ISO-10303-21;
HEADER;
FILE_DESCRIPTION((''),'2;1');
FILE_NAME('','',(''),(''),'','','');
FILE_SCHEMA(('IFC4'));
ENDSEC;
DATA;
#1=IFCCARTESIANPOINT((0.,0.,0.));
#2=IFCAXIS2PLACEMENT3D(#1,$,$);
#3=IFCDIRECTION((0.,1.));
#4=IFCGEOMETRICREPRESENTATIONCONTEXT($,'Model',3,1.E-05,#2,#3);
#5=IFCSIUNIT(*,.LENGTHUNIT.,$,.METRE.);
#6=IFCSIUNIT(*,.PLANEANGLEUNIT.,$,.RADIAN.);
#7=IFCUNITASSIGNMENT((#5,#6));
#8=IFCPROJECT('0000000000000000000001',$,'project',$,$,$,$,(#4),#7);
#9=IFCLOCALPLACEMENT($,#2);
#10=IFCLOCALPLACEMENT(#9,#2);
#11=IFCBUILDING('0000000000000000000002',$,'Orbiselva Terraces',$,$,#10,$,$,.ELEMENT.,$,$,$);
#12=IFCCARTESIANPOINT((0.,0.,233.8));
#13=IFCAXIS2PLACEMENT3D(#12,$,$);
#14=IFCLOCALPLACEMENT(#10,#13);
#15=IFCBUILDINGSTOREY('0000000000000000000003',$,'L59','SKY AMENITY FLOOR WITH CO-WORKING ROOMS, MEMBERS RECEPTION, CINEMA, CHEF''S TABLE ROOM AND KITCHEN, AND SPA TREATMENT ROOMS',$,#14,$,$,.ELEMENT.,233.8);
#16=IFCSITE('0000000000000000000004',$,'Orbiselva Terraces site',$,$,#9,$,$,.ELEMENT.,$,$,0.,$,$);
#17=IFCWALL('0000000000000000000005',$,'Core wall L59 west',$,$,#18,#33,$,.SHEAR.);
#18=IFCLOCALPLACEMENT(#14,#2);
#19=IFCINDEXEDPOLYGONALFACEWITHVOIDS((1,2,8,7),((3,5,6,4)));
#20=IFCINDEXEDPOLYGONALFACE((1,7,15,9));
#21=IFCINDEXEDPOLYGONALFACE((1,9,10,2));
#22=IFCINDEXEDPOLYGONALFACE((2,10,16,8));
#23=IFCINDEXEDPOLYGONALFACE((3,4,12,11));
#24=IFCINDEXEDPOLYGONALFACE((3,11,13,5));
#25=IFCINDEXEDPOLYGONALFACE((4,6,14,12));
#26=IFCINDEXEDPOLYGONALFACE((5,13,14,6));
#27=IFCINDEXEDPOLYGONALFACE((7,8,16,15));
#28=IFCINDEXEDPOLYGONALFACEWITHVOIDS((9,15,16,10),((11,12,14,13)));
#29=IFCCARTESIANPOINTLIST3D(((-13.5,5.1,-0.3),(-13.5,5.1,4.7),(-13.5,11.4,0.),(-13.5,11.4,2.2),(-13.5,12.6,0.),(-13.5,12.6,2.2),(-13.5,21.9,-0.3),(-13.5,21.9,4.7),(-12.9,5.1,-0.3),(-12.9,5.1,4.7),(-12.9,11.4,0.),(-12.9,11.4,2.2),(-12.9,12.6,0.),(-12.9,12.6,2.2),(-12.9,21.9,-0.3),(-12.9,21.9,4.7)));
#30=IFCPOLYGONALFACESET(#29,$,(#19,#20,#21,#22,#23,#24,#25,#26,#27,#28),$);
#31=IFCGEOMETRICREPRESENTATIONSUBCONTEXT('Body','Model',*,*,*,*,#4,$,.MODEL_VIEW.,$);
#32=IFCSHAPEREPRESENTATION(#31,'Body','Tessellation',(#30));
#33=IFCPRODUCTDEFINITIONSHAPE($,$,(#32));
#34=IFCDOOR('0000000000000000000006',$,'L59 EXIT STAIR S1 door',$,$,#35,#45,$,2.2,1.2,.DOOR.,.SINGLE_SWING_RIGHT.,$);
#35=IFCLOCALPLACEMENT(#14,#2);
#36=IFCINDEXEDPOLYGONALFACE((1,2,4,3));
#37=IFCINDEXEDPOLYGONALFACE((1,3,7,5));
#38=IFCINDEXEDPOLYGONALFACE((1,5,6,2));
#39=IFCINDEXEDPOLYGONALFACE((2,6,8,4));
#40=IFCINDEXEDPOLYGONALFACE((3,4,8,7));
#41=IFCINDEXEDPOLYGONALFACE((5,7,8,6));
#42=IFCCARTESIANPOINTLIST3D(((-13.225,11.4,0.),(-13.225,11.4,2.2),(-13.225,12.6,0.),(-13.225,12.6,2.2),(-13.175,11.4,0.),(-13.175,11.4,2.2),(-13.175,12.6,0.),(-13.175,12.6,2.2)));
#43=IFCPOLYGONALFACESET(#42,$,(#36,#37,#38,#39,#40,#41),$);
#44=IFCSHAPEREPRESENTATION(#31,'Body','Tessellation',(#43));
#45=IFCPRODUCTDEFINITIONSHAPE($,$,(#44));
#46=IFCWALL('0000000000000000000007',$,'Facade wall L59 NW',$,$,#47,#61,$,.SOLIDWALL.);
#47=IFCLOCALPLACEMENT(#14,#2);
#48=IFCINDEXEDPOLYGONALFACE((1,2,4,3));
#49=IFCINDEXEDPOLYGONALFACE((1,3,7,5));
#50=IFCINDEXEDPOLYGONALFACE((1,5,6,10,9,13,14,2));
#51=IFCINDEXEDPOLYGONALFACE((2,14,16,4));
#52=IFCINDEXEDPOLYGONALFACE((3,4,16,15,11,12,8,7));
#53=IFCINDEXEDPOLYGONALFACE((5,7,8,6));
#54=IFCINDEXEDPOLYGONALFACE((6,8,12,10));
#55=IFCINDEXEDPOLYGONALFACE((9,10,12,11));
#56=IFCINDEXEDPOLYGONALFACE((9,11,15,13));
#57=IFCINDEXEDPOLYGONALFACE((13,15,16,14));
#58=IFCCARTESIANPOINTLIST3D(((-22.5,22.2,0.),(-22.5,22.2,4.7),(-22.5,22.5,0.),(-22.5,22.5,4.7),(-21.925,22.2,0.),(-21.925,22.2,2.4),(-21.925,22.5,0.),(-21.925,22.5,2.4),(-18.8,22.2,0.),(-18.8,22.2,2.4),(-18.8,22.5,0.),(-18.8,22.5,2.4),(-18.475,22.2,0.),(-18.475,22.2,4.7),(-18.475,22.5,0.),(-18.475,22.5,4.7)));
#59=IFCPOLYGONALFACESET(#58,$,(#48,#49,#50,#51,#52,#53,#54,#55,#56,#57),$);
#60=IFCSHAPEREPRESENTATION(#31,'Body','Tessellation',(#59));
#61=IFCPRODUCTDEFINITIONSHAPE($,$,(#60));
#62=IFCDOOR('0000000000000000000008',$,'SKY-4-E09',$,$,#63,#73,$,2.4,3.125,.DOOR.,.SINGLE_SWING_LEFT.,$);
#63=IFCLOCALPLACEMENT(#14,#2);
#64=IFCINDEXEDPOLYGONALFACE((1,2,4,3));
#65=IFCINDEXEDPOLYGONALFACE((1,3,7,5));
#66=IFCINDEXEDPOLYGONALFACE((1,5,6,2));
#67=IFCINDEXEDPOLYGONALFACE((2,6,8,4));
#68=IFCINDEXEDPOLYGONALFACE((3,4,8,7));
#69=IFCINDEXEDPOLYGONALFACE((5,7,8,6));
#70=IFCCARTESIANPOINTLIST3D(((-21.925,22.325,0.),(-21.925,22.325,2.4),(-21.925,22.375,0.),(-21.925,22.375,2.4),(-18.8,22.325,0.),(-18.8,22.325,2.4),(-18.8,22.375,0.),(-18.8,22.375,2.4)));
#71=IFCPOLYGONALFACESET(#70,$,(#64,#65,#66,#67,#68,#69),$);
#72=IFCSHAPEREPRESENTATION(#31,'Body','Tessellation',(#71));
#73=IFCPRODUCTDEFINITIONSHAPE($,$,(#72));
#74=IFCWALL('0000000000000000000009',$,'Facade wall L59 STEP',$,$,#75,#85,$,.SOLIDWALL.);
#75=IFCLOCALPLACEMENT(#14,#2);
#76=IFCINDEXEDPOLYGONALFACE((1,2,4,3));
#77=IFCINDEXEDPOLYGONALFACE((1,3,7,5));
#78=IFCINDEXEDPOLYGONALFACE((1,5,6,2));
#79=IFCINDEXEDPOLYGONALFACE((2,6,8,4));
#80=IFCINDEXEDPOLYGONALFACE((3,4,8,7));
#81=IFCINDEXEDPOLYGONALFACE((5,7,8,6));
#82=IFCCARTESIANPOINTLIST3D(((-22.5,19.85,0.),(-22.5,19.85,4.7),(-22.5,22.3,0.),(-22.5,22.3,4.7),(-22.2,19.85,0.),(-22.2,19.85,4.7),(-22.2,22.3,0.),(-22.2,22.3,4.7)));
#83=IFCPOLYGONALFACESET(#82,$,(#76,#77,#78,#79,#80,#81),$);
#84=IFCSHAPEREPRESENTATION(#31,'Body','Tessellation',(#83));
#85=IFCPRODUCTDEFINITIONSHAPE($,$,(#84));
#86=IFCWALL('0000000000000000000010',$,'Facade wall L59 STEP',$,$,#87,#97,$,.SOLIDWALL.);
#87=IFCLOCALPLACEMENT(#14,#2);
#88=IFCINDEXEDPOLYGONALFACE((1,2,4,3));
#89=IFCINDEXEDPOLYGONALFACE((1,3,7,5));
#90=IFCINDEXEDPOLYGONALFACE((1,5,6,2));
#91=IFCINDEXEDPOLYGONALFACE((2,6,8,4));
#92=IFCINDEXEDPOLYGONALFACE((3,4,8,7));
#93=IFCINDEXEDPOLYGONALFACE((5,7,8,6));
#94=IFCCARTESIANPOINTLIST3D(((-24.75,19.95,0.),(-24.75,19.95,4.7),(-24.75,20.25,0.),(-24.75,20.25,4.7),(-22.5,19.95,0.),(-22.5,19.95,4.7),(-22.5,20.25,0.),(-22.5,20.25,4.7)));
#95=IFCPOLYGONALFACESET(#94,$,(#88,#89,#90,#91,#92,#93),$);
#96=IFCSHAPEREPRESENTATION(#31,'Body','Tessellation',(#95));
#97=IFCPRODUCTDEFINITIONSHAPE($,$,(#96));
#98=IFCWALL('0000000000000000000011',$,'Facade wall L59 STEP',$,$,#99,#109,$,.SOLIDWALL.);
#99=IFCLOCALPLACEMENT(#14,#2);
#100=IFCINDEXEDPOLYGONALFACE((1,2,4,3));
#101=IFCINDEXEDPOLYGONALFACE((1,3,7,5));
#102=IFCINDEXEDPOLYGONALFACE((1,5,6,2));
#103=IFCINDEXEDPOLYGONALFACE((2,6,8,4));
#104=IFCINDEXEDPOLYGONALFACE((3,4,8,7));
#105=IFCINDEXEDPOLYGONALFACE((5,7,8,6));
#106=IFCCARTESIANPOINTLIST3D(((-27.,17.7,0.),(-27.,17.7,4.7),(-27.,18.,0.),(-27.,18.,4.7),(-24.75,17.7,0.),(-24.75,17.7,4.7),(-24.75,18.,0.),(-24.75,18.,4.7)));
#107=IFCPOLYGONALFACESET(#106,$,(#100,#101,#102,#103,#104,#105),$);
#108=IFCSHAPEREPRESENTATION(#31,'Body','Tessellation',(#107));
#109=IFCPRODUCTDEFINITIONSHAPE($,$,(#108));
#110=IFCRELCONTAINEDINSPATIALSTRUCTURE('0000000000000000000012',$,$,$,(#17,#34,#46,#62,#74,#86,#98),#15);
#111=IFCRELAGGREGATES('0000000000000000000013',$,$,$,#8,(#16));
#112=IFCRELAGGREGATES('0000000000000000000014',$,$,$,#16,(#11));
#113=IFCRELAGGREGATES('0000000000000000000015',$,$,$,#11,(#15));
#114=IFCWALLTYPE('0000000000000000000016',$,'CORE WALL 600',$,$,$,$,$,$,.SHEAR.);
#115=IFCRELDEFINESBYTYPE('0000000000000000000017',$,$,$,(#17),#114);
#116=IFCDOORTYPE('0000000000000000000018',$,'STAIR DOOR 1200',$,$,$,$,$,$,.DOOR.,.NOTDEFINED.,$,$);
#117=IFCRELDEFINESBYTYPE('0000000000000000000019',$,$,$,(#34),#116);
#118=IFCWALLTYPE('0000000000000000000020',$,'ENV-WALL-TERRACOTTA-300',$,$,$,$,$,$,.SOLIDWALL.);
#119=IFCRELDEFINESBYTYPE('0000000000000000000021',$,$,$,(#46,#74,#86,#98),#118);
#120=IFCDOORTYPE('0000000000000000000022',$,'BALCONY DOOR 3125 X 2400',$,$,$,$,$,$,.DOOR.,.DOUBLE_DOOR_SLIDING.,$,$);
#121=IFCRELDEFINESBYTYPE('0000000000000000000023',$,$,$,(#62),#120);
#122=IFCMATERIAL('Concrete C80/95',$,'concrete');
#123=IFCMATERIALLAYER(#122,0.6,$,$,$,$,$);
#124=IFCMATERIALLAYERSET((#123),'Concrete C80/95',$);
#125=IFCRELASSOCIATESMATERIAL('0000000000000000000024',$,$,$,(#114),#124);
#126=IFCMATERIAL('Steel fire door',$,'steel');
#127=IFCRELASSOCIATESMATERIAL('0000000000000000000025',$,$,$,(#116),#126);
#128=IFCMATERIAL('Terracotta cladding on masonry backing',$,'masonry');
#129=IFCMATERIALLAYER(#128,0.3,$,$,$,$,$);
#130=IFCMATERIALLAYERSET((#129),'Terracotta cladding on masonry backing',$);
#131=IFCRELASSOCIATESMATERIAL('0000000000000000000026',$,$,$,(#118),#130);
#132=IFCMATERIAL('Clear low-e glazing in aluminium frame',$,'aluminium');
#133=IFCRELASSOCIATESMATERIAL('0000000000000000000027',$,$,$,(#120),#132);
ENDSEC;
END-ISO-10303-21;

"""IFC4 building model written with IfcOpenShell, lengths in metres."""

from ifc_helpers import new_model, si_unit, direction, frame, frame_2d, origin, place, context, subcontext, project, spatial, rectangle, extrude, material, layer, layer_set, type_object, element, fill, save


model = new_model("IFC4")

# Units and contexts
model_context = context("Model", 3, precision=1e-05, world=origin(), true_north=direction((0.0, 1.0)))
body_context = subcontext(model_context, "Body", "Model", "MODEL_VIEW")
ifc_project = project(units=[si_unit("LENGTHUNIT", "METRE"), si_unit("PLANEANGLEUNIT", "RADIAN")], contexts=[model_context])

# Site, building, storey
site_placement = place(None, origin())
site = spatial("IfcSite", under=ifc_project, at=site_placement, Name="Orbiselva Terraces site", CompositionType="ELEMENT", RefElevation=0.0)
building_placement = place(site_placement, origin())
building = spatial("IfcBuilding", under=site, at=building_placement, Name="Orbiselva Terraces", CompositionType="ELEMENT")
storey_placement = place(building_placement, frame((0.0, 0.0, 233.8)))
storey = spatial("IfcBuildingStorey", under=building, at=storey_placement, Name="L59", Description="SKY AMENITY FLOOR WITH CO-WORKING ROOMS, MEMBERS RECEPTION, CINEMA, CHEF'S TABLE ROOM AND KITCHEN, AND SPA TREATMENT ROOMS", CompositionType="ELEMENT", Elevation=233.8)

# Shared definitions
ifc_material_1 = material(Name="Clear low-e glazing in aluminium frame", Category="aluminium")

# Walls, openings, doors
ifc_material_2 = material(Name="Concrete C80/95", Category="concrete")
ifc_layer_1 = layer(ifc_material_2, 0.6)
ifc_layer_set_1 = layer_set([ifc_layer_1], Name="Concrete C80/95")
wall_type_1 = type_object("IfcWallType", Name="CORE WALL 600", PredefinedType="SHEAR", material=ifc_layer_set_1)
wall_1_placement = place(storey_placement, frame((-13.2, 21.9, -0.3), z_axis=(0.0, 0.0, 1.0), x_axis=(0.0, -1.0, 0.0)))
wall_1 = element("IfcWall", 1, at=wall_1_placement, inside=storey, type_object=wall_type_1, Name="Core wall L59 west", PredefinedType="SHEAR", context=body_context, shape_type="SweptSolid", body=[
    extrude(rectangle(XDim=16.8, YDim=0.6, at=frame_2d((8.4, 0.0))), origin(), (0.0, 0.0, 1.0), 5.0),
])
opening_1_placement = place(wall_1_placement, frame((9.3, 0.0, 0.3)))
opening_1 = element("IfcOpeningElement", 2, at=opening_1_placement, cuts=wall_1, PredefinedType="OPENING", context=body_context, shape_type="SweptSolid", body=[
    extrude(rectangle(XDim=1.2, YDim=2.2, at=frame_2d((0.6, 1.1))), frame((0.0, 0.31, 0.0), z_axis=(0.0, -1.0, 0.0), x_axis=(1.0, 0.0, 0.0)), (0.0, 0.0, 1.0), 0.62),
])
ifc_material_3 = material(Name="Steel fire door", Category="steel")
door_type_1 = type_object("IfcDoorType", Name="STAIR DOOR 1200", OperationType="NOTDEFINED", PredefinedType="DOOR", material=ifc_material_3)
door_1_placement = place(opening_1_placement, frame((1.2, 0.0, 0.0), z_axis=(0.0, 0.0, 1.0), x_axis=(-1.0, 0.0, 0.0)))
door_1 = element("IfcDoor", 3, at=door_1_placement, inside=storey, type_object=door_type_1, Name="L59 EXIT STAIR S1 door", OperationType="SINGLE_SWING_RIGHT", OverallHeight=2.2, OverallWidth=1.2, PredefinedType="DOOR", context=body_context, shape_type="SweptSolid", body=[
    extrude(rectangle(XDim=1.2, YDim=2.2, at=frame_2d((0.6, 1.1))), frame((0.0, 0.025, 0.0), z_axis=(0.0, -1.0, 0.0), x_axis=(1.0, 0.0, 0.0)), (0.0, 0.0, 1.0), 0.05),
])
fill(opening_1, door_1)
ifc_material_4 = material(Name="Terracotta cladding on masonry backing", Category="masonry")
ifc_layer_2 = layer(ifc_material_4, 0.3)
ifc_layer_set_2 = layer_set([ifc_layer_2], Name="Terracotta cladding on masonry backing")
wall_type_2 = type_object("IfcWallType", Name="ENV-WALL-TERRACOTTA-300", PredefinedType="SOLIDWALL", material=ifc_layer_set_2)
wall_2_placement = place(storey_placement, frame((-22.5, 22.35, 0.0), z_axis=(0.0, 0.0, 1.0), x_axis=(1.0, 0.0, 0.0)))
wall_2 = element("IfcWall", 4, at=wall_2_placement, inside=storey, type_object=wall_type_2, Name="Facade wall L59 NW", PredefinedType="SOLIDWALL", context=body_context, shape_type="SweptSolid", body=[
    extrude(rectangle(XDim=4.025, YDim=0.3, at=frame_2d((2.0125, 0.0))), origin(), (0.0, 0.0, 1.0), 4.7),
])
opening_2_placement = place(wall_2_placement, frame((0.575, 0.0, 0.0)))
opening_2 = element("IfcOpeningElement", 5, at=opening_2_placement, cuts=wall_2, PredefinedType="OPENING", context=body_context, shape_type="SweptSolid", body=[
    extrude(rectangle(XDim=3.125, YDim=2.4, at=frame_2d((1.5625, 1.2))), frame((0.0, 0.16, 0.0), z_axis=(0.0, -1.0, 0.0), x_axis=(1.0, 0.0, 0.0)), (0.0, 0.0, 1.0), 0.32),
])
door_type_2 = type_object("IfcDoorType", Name="BALCONY DOOR 3125 X 2400", OperationType="DOUBLE_DOOR_SLIDING", PredefinedType="DOOR", material=ifc_material_1)
door_2_placement = place(opening_2_placement, origin())
door_2 = element("IfcDoor", 6, at=door_2_placement, inside=storey, type_object=door_type_2, Name="SKY-4-E09", OperationType="SINGLE_SWING_LEFT", OverallHeight=2.4, OverallWidth=3.125, PredefinedType="DOOR", context=body_context, shape_type="SweptSolid", body=[
    extrude(rectangle(XDim=3.125, YDim=2.4, at=frame_2d((1.5625, 1.2))), frame((0.0, 0.025, 0.0), z_axis=(0.0, -1.0, 0.0), x_axis=(1.0, 0.0, 0.0)), (0.0, 0.0, 1.0), 0.05),
])
fill(opening_2, door_2)

# Walls
wall_3_placement = place(storey_placement, frame((-22.35, 19.85, 0.0), z_axis=(0.0, 0.0, 1.0), x_axis=(0.0, 1.0, 0.0)))
element("IfcWall", 7, at=wall_3_placement, inside=storey, type_object=wall_type_2, Name="Facade wall L59 STEP", PredefinedType="SOLIDWALL", context=body_context, shape_type="SweptSolid", body=[
    extrude(rectangle(XDim=2.45, YDim=0.3, at=frame_2d((1.225, 0.0))), origin(), (0.0, 0.0, 1.0), 4.7),
])
for number, where, z_axis, x_axis, name in (
    (8, (-24.75, 20.1, 0.0), (0.0, 0.0, 1.0), (1.0, 0.0, 0.0), "Facade wall L59 STEP"),
    (9, (-27.0, 17.85, 0.0), (0.0, 0.0, 1.0), (1.0, 0.0, 0.0), "Facade wall L59 STEP"),
):
    element("IfcWall", number, at=place(storey_placement, frame(where, z_axis=z_axis, x_axis=x_axis)), inside=storey, type_object=wall_type_2, Name=name, PredefinedType="SOLIDWALL", context=body_context, shape_type="SweptSolid", body=[
        extrude(rectangle(XDim=2.25, YDim=0.3, at=frame_2d((1.125, 0.0))), origin(), (0.0, 0.0, 1.0), 4.7),
    ])

save(model, "model.ifc")
